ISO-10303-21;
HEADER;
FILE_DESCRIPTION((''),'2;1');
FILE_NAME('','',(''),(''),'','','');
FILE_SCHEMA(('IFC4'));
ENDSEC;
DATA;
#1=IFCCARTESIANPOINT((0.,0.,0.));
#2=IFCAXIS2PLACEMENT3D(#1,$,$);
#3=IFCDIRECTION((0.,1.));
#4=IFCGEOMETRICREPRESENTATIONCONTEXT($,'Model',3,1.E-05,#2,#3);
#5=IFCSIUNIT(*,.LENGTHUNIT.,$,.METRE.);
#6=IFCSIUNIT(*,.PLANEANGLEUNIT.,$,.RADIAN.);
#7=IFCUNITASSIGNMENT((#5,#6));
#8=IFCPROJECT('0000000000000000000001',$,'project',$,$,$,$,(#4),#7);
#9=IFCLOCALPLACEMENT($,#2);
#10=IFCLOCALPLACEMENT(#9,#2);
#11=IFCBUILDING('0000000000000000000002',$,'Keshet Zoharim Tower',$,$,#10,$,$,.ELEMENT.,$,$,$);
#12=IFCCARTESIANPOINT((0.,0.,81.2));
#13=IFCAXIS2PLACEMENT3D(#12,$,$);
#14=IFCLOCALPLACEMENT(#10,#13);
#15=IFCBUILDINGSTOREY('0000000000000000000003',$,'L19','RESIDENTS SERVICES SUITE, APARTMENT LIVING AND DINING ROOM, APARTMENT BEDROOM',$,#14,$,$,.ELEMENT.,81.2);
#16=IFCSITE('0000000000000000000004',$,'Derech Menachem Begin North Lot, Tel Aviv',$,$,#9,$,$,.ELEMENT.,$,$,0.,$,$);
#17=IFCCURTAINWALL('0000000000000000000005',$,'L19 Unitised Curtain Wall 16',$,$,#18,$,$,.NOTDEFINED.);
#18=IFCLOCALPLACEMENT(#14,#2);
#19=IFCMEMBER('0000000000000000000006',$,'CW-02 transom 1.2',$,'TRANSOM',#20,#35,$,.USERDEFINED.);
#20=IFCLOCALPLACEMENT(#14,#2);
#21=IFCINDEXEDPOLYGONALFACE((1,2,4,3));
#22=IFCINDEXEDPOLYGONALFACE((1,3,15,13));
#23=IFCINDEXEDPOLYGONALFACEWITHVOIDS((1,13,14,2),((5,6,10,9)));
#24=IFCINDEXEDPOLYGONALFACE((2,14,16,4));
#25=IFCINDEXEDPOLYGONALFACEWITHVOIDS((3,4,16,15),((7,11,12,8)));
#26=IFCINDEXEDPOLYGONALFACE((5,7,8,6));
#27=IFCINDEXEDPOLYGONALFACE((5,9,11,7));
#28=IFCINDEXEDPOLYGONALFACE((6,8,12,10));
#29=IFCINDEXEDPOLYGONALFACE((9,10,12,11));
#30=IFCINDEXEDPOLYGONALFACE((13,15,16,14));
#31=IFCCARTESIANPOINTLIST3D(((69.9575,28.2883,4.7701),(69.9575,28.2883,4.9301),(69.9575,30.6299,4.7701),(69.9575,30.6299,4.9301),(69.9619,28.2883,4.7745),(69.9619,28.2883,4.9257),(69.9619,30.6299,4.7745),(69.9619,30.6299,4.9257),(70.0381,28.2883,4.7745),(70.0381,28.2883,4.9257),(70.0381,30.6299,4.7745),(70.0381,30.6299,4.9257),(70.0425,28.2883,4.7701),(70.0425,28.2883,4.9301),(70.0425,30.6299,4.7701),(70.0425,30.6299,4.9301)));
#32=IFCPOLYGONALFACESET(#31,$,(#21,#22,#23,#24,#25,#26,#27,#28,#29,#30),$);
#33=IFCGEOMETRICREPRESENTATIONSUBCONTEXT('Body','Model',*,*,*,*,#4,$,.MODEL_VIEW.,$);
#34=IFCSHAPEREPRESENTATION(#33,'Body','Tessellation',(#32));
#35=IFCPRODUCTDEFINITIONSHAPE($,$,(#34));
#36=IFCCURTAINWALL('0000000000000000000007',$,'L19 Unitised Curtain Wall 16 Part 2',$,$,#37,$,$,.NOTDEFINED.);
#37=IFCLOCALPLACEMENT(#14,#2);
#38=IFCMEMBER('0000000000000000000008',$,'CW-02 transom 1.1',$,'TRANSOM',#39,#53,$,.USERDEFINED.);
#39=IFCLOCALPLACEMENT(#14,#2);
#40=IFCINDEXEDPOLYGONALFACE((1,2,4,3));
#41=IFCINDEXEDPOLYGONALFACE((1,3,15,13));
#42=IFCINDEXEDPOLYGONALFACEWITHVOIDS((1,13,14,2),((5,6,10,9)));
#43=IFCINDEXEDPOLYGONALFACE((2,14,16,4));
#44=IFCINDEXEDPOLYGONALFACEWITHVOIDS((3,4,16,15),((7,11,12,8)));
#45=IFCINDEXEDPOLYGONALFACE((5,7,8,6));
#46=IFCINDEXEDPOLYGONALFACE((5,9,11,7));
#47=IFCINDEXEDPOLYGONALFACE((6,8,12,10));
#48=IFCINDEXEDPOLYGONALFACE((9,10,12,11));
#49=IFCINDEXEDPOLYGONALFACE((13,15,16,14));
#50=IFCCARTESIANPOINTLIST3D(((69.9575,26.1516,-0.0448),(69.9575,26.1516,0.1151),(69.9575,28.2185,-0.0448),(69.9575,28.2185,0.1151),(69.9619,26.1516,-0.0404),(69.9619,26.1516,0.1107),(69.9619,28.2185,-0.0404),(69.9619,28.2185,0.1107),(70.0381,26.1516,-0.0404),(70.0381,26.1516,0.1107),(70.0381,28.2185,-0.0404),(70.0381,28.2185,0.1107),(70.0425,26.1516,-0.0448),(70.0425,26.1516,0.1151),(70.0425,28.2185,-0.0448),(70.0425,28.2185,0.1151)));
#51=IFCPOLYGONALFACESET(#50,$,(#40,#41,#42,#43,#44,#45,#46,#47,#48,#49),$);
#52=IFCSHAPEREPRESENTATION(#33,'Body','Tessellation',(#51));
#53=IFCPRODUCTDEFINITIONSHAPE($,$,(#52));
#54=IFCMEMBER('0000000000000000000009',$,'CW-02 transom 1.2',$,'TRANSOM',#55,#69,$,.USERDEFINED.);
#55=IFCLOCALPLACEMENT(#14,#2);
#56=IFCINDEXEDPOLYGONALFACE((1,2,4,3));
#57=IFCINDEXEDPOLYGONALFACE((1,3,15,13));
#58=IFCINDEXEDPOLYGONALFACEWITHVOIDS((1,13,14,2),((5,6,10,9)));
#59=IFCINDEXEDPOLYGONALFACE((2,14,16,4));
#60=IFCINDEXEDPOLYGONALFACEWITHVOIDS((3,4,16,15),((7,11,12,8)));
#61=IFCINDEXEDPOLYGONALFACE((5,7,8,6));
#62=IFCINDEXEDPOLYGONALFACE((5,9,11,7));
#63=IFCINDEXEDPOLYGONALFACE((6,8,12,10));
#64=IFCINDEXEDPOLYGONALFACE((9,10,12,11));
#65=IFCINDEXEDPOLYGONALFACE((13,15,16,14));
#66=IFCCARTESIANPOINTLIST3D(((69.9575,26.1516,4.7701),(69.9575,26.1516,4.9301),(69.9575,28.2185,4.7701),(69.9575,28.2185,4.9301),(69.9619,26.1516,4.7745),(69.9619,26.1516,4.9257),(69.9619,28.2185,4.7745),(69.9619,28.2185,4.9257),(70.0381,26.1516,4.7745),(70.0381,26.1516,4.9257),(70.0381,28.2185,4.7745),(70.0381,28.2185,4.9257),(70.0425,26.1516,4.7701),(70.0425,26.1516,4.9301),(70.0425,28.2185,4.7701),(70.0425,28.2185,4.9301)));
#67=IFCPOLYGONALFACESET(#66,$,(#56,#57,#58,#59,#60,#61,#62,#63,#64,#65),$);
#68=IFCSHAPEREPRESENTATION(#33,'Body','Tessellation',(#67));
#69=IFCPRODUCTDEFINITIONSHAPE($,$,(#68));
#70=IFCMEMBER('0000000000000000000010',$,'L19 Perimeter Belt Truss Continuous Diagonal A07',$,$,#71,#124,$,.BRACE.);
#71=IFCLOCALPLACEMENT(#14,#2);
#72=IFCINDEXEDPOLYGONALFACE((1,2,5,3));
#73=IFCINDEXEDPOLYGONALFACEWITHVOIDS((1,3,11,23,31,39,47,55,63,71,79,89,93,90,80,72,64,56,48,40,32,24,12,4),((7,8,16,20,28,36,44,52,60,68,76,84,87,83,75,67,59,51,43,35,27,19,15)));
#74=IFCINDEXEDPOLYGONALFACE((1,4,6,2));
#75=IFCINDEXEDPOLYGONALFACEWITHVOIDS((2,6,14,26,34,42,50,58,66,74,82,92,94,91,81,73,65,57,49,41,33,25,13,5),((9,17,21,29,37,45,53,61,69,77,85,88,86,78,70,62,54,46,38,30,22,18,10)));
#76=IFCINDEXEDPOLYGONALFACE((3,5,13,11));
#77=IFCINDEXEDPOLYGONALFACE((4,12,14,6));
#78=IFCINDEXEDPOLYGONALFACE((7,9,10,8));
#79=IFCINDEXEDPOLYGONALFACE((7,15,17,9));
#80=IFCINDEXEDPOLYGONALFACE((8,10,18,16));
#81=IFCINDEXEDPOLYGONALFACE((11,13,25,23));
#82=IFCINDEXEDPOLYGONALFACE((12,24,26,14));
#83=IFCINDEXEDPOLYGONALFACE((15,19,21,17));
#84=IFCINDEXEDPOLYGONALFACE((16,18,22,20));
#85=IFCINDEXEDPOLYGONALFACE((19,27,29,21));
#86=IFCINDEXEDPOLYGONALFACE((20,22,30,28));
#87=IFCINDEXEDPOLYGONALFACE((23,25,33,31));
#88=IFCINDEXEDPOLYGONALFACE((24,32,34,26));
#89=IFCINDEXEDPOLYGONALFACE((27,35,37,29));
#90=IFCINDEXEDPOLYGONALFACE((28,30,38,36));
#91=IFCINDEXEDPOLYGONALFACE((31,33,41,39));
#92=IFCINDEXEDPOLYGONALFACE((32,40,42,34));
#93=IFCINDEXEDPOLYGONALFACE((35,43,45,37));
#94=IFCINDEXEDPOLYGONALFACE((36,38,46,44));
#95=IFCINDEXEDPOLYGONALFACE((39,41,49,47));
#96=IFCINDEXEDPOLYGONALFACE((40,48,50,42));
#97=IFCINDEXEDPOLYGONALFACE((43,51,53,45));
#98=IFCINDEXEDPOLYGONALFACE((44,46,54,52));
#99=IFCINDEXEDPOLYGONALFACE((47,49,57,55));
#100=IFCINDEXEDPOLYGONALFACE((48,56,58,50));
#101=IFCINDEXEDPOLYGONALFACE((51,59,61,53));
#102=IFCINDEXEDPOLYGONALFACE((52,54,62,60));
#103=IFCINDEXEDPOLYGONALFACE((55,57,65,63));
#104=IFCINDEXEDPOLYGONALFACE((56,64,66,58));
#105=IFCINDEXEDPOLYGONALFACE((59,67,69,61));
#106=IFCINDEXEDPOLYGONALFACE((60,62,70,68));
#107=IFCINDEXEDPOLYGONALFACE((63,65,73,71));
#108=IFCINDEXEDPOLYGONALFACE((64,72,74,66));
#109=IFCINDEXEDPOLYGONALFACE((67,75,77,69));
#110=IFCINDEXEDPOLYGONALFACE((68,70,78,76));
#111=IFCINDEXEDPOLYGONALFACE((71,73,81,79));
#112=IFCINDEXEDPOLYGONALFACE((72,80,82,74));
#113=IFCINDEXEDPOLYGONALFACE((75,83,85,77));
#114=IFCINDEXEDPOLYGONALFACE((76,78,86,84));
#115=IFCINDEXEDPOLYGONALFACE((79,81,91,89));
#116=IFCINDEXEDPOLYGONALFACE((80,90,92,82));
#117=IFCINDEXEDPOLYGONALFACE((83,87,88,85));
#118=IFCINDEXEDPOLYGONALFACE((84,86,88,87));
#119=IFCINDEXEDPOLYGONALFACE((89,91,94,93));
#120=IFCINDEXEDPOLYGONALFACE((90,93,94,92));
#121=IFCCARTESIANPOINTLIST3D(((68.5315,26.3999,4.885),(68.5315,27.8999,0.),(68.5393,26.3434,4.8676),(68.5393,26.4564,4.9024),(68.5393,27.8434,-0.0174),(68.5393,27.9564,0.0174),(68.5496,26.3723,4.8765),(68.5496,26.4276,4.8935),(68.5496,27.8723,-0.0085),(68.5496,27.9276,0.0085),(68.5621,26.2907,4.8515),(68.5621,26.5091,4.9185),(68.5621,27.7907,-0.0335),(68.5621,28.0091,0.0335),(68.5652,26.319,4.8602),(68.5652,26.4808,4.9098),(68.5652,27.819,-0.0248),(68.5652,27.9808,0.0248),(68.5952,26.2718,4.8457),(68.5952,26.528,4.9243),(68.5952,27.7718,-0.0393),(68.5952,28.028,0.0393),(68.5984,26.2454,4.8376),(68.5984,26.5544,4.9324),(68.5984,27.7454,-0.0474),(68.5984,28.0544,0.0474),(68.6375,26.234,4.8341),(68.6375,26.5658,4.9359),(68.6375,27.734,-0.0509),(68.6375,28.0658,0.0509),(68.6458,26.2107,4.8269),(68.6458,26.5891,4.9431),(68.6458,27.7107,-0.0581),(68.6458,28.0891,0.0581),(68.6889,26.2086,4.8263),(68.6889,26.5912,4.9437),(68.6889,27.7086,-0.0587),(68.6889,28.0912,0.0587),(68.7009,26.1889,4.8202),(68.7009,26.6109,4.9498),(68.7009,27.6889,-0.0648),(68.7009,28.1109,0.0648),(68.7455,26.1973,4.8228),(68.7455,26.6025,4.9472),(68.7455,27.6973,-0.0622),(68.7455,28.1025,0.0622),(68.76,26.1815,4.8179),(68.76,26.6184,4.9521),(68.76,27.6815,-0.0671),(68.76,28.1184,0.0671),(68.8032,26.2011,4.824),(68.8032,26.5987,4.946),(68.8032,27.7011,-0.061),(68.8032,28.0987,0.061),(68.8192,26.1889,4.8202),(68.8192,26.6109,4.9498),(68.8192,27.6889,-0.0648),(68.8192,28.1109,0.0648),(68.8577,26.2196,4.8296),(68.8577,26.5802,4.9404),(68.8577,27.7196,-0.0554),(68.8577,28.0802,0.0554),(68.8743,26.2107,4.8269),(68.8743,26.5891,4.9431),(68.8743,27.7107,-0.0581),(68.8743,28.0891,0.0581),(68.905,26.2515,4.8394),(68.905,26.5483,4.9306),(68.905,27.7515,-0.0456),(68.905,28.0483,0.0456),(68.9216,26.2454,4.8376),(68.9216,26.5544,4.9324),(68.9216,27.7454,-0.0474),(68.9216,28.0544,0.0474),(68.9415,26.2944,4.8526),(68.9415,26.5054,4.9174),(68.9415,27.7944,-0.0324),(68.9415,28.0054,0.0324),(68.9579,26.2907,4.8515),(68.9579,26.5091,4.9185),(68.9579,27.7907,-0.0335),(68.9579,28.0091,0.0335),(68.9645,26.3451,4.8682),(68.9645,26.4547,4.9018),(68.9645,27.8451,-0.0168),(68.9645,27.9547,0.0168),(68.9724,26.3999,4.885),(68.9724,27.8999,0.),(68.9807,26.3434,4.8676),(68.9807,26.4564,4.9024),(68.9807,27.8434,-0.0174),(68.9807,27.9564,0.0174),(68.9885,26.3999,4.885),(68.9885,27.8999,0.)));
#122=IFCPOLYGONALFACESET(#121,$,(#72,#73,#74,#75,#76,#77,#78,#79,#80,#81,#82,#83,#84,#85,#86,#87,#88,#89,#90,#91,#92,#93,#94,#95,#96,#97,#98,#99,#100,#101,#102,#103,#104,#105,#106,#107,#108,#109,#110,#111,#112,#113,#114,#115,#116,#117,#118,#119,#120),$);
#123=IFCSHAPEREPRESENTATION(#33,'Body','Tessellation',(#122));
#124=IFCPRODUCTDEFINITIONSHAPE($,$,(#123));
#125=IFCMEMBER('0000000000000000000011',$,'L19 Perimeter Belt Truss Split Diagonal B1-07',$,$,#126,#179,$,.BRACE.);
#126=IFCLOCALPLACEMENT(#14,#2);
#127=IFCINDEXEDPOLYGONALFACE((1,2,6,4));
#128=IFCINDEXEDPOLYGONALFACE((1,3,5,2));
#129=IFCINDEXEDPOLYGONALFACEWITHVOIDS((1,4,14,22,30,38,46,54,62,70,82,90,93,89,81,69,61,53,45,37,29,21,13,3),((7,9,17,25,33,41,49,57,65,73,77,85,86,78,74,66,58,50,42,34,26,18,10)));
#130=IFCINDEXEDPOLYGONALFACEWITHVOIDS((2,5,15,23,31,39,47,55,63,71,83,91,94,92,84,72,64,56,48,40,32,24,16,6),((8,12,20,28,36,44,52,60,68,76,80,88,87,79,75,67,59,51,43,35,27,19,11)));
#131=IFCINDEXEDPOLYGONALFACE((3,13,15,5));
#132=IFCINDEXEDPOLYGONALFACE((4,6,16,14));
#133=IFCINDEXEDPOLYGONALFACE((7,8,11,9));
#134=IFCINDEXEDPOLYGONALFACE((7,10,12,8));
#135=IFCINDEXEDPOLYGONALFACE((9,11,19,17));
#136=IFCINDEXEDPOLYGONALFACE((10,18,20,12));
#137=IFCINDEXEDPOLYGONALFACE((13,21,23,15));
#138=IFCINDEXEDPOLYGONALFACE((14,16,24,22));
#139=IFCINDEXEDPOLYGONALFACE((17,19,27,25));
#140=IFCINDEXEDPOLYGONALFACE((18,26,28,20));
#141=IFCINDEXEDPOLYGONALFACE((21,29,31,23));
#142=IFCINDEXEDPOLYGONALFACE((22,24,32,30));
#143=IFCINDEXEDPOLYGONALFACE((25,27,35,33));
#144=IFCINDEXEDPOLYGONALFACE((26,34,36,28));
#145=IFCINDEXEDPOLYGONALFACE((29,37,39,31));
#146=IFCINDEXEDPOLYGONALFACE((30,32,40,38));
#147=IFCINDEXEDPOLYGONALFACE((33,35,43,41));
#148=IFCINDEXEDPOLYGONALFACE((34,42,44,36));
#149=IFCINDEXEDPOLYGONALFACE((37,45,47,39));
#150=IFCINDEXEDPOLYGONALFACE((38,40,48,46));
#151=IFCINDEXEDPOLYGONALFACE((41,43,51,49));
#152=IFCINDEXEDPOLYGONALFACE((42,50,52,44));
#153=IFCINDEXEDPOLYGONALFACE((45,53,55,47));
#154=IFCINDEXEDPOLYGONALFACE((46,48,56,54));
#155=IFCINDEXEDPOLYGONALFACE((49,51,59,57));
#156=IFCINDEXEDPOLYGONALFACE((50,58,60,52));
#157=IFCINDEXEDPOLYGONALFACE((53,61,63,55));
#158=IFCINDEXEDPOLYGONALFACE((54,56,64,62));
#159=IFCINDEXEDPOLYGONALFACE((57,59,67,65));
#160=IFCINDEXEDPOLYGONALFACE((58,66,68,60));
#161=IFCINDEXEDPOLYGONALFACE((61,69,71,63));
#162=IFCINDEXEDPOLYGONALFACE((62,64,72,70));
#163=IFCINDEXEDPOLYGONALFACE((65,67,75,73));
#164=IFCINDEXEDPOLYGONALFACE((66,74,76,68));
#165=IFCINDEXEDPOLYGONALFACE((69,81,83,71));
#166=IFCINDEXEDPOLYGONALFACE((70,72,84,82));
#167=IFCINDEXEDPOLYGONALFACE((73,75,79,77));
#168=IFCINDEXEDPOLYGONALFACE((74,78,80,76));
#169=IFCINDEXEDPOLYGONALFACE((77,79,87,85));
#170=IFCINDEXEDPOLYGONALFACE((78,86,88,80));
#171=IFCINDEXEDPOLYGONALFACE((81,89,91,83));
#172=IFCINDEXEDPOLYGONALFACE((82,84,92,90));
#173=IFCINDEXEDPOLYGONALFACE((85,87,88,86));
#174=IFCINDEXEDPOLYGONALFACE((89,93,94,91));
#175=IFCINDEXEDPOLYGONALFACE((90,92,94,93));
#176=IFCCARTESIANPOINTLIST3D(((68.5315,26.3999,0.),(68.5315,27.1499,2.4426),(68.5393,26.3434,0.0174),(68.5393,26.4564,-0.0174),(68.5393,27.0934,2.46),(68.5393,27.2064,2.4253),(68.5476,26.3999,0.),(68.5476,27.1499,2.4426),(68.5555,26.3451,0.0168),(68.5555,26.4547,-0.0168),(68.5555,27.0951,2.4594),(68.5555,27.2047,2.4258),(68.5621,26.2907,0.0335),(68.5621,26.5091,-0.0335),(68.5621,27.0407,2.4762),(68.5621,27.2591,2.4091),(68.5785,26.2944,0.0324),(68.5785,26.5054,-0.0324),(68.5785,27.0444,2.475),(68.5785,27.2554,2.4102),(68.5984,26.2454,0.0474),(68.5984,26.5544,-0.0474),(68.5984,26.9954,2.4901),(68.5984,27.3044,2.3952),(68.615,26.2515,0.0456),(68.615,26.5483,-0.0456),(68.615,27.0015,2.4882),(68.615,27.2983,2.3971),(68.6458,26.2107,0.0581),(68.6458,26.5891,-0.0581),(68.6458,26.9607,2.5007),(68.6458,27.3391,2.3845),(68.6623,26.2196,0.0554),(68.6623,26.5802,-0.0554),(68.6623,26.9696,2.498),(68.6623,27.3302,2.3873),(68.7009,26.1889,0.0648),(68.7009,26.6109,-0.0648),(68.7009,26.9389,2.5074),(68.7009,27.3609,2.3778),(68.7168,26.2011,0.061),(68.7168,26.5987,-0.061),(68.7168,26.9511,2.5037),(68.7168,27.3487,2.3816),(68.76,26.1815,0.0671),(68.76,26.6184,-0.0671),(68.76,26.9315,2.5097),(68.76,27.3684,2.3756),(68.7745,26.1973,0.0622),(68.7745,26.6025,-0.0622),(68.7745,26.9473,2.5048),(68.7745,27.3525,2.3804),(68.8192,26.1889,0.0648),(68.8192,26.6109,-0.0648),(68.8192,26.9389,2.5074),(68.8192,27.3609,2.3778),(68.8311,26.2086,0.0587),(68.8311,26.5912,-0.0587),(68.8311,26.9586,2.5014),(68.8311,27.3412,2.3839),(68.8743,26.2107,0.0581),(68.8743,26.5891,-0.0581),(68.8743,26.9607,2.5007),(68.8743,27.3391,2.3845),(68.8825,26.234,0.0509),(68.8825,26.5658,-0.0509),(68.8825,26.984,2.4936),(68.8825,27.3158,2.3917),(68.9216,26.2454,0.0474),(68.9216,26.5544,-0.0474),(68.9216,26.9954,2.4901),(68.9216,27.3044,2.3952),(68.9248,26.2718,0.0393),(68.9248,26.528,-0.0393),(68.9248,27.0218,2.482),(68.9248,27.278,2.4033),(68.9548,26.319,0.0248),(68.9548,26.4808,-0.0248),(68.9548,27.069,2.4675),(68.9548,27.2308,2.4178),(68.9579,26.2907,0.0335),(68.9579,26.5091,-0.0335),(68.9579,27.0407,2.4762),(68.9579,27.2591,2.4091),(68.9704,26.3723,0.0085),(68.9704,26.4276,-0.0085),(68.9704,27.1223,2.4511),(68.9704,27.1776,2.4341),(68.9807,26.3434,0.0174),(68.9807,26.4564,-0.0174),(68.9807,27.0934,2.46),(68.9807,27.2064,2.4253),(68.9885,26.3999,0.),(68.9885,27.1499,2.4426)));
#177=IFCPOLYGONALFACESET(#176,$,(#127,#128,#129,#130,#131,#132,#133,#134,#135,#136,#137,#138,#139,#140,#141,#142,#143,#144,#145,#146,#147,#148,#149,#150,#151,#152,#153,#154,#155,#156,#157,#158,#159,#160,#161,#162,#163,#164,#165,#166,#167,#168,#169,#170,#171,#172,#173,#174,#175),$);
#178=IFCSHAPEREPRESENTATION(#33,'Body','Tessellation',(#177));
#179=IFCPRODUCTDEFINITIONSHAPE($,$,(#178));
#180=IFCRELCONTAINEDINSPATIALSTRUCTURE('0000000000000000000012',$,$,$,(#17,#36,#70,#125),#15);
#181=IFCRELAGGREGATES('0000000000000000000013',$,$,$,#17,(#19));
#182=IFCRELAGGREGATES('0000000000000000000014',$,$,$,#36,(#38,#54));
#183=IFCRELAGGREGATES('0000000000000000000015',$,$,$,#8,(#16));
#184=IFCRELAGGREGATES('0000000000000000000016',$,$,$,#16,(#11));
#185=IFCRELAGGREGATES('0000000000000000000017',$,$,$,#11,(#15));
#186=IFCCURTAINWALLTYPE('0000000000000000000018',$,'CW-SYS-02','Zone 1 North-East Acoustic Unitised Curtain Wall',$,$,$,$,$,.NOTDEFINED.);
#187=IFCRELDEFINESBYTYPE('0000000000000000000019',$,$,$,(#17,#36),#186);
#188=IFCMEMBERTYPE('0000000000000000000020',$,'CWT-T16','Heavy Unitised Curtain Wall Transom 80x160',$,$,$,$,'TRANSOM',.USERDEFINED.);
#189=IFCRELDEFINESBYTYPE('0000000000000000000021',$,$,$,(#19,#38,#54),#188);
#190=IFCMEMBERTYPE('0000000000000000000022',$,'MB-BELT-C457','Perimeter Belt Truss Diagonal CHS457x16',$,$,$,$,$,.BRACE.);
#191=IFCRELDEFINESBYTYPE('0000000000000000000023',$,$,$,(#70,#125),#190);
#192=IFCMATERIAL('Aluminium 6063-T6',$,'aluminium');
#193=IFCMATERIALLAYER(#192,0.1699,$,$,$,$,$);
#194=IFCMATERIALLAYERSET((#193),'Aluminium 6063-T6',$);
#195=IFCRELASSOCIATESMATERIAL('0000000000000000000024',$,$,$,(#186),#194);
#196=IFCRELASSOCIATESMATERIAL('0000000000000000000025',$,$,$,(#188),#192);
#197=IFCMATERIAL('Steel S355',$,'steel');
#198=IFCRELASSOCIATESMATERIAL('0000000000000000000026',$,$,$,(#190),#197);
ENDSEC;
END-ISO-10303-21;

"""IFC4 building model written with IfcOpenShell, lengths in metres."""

from ifc_helpers import new_model, si_unit, direction, frame, origin, origin_2d, place, context, subcontext, project, spatial, hollow_rectangle, hollow_circle, extrude, material, layer, layer_set, material_profile, profile_set, type_object, element, aggregate, save


model = new_model("IFC4")

# Units and contexts
model_context = context("Model", 3, precision=1e-05, world=origin(), true_north=direction((0.0, 1.0)))
body_context = subcontext(model_context, "Body", "Model", "MODEL_VIEW")
ifc_project = project(units=[si_unit("LENGTHUNIT", "METRE"), si_unit("PLANEANGLEUNIT", "RADIAN")], contexts=[model_context])

# Site, building, storey
site_placement = place(None, origin())
site = spatial("IfcSite", under=ifc_project, at=site_placement, Name="Derech Menachem Begin North Lot, Tel Aviv", CompositionType="ELEMENT", RefElevation=0.0)
building_placement = place(site_placement, origin())
building = spatial("IfcBuilding", under=site, at=building_placement, Name="Keshet Zoharim Tower", CompositionType="ELEMENT")
storey_placement = place(building_placement, frame((0.0, 0.0, 81.2)))
storey = spatial("IfcBuildingStorey", under=building, at=storey_placement, Name="L19", Description="RESIDENTS SERVICES SUITE, APARTMENT LIVING AND DINING ROOM, APARTMENT BEDROOM", CompositionType="ELEMENT", Elevation=81.2)

# Shared definitions
ifc_material_1 = material(Name="Steel S355", Category="steel")

# Shared definitions
ifc_material_2 = material(Name="Aluminium 6063-T6", Category="aluminium")
ifc_layer_1 = layer(ifc_material_2, 0.1699)
ifc_layer_set_1 = layer_set([ifc_layer_1], Name="Aluminium 6063-T6")
curtain_wall_type = type_object("IfcCurtainWallType", Name="CW-SYS-02", Description="Zone 1 North-East Acoustic Unitised Curtain Wall", PredefinedType="NOTDEFINED", material=ifc_layer_set_1)

# Curtain wall
curtain_wall_1_placement = place(storey_placement, origin())
curtain_wall_1 = element("IfcCurtainWall", 1, at=curtain_wall_1_placement, inside=storey, type_object=curtain_wall_type, Name="L19 Unitised Curtain Wall 16", PredefinedType="NOTDEFINED")

# Member
ifc_material_profile_1 = material_profile(ifc_material_2, hollow_rectangle(XDim=0.085, YDim=0.1599, WallThickness=0.0044, at=origin_2d()), Name="TRN-85x160")
ifc_profile_set_1 = profile_set([ifc_material_profile_1], Name="Aluminium 6063-T6")
member_type_1 = type_object("IfcMemberType", Name="CWT-T16", Description="Heavy Unitised Curtain Wall Transom 80x160", ElementType="TRANSOM", PredefinedType="USERDEFINED", material=ifc_profile_set_1)
member_1_placement = place(storey_placement, frame((70.0, 30.6299, 4.8501), z_axis=(0.0, -1.0, 0.0), x_axis=(1.0, 0.0, 0.0)))
member_1 = element("IfcMember", 2, at=member_1_placement, type_object=member_type_1, Name="CW-02 transom 1.2", ObjectType="TRANSOM", PredefinedType="USERDEFINED", context=body_context, shape_type="SweptSolid", body=[
    extrude(hollow_rectangle(XDim=0.085, YDim=0.1599, WallThickness=0.0044, at=origin_2d()), origin(), (0.0, 0.0, 1.0), 2.3416),
])

# Curtain wall, members
curtain_wall_2_placement = place(storey_placement, origin())
curtain_wall_2 = element("IfcCurtainWall", 3, at=curtain_wall_2_placement, inside=storey, type_object=curtain_wall_type, Name="L19 Unitised Curtain Wall 16 Part 2", PredefinedType="NOTDEFINED")
member_2_placement = place(storey_placement, frame((70.0, 28.2185, 0.0352), z_axis=(0.0, -1.0, 0.0), x_axis=(1.0, 0.0, 0.0)))
member_2 = element("IfcMember", 4, at=member_2_placement, type_object=member_type_1, Name="CW-02 transom 1.1", ObjectType="TRANSOM", PredefinedType="USERDEFINED", context=body_context, shape_type="SweptSolid", body=[
    extrude(hollow_rectangle(XDim=0.085, YDim=0.1599, WallThickness=0.0044, at=origin_2d()), origin(), (0.0, 0.0, 1.0), 2.0669),
])
member_3_placement = place(storey_placement, frame((70.0, 28.2185, 4.8501), z_axis=(0.0, -1.0, 0.0), x_axis=(1.0, 0.0, 0.0)))
member_3 = element("IfcMember", 5, at=member_3_placement, type_object=member_type_1, Name="CW-02 transom 1.2", ObjectType="TRANSOM", PredefinedType="USERDEFINED", context=body_context, shape_type="SweptSolid", body=[
    extrude(hollow_rectangle(XDim=0.085, YDim=0.1599, WallThickness=0.0044, at=origin_2d()), origin(), (0.0, 0.0, 1.0), 2.0669),
])

# Members
ifc_material_profile_2 = material_profile(ifc_material_1, hollow_circle(Radius=0.2285, WallThickness=0.0161, at=origin_2d()), Name="CHS457x16")
ifc_profile_set_2 = profile_set([ifc_material_profile_2], Name="Steel S355")
member_type_2 = type_object("IfcMemberType", Name="MB-BELT-C457", Description="Perimeter Belt Truss Diagonal CHS457x16", PredefinedType="BRACE", material=ifc_profile_set_2)
member_4_placement = place(storey_placement, frame((68.76, 27.8999, 0.0), z_axis=(0.0, -0.293535, 0.955948), x_axis=(1.0, 0.0, 0.0)))
element("IfcMember", 6, at=member_4_placement, inside=storey, type_object=member_type_2, Name="L19 Perimeter Belt Truss Continuous Diagonal A07", PredefinedType="BRACE", context=body_context, shape_type="SweptSolid", body=[
    extrude(hollow_circle(Radius=0.2285, WallThickness=0.0161, at=origin_2d()), origin(), (0.0, 0.0, 1.0), 5.1101),
])
member_5_placement = place(storey_placement, frame((68.76, 26.3999, 0.0), z_axis=(0.0, 0.293522, 0.955952), x_axis=(-1.0, 0.0, 0.0)))
element("IfcMember", 7, at=member_5_placement, inside=storey, type_object=member_type_2, Name="L19 Perimeter Belt Truss Split Diagonal B1-07", PredefinedType="BRACE", context=body_context, shape_type="SweptSolid", body=[
    extrude(hollow_circle(Radius=0.2285, WallThickness=0.0161, at=origin_2d()), origin(), (0.0, 0.0, 1.0), 2.5552),
])

aggregate(curtain_wall_1, [member_1])
aggregate(curtain_wall_2, [member_2, member_3])

save(model, "model.ifc")
